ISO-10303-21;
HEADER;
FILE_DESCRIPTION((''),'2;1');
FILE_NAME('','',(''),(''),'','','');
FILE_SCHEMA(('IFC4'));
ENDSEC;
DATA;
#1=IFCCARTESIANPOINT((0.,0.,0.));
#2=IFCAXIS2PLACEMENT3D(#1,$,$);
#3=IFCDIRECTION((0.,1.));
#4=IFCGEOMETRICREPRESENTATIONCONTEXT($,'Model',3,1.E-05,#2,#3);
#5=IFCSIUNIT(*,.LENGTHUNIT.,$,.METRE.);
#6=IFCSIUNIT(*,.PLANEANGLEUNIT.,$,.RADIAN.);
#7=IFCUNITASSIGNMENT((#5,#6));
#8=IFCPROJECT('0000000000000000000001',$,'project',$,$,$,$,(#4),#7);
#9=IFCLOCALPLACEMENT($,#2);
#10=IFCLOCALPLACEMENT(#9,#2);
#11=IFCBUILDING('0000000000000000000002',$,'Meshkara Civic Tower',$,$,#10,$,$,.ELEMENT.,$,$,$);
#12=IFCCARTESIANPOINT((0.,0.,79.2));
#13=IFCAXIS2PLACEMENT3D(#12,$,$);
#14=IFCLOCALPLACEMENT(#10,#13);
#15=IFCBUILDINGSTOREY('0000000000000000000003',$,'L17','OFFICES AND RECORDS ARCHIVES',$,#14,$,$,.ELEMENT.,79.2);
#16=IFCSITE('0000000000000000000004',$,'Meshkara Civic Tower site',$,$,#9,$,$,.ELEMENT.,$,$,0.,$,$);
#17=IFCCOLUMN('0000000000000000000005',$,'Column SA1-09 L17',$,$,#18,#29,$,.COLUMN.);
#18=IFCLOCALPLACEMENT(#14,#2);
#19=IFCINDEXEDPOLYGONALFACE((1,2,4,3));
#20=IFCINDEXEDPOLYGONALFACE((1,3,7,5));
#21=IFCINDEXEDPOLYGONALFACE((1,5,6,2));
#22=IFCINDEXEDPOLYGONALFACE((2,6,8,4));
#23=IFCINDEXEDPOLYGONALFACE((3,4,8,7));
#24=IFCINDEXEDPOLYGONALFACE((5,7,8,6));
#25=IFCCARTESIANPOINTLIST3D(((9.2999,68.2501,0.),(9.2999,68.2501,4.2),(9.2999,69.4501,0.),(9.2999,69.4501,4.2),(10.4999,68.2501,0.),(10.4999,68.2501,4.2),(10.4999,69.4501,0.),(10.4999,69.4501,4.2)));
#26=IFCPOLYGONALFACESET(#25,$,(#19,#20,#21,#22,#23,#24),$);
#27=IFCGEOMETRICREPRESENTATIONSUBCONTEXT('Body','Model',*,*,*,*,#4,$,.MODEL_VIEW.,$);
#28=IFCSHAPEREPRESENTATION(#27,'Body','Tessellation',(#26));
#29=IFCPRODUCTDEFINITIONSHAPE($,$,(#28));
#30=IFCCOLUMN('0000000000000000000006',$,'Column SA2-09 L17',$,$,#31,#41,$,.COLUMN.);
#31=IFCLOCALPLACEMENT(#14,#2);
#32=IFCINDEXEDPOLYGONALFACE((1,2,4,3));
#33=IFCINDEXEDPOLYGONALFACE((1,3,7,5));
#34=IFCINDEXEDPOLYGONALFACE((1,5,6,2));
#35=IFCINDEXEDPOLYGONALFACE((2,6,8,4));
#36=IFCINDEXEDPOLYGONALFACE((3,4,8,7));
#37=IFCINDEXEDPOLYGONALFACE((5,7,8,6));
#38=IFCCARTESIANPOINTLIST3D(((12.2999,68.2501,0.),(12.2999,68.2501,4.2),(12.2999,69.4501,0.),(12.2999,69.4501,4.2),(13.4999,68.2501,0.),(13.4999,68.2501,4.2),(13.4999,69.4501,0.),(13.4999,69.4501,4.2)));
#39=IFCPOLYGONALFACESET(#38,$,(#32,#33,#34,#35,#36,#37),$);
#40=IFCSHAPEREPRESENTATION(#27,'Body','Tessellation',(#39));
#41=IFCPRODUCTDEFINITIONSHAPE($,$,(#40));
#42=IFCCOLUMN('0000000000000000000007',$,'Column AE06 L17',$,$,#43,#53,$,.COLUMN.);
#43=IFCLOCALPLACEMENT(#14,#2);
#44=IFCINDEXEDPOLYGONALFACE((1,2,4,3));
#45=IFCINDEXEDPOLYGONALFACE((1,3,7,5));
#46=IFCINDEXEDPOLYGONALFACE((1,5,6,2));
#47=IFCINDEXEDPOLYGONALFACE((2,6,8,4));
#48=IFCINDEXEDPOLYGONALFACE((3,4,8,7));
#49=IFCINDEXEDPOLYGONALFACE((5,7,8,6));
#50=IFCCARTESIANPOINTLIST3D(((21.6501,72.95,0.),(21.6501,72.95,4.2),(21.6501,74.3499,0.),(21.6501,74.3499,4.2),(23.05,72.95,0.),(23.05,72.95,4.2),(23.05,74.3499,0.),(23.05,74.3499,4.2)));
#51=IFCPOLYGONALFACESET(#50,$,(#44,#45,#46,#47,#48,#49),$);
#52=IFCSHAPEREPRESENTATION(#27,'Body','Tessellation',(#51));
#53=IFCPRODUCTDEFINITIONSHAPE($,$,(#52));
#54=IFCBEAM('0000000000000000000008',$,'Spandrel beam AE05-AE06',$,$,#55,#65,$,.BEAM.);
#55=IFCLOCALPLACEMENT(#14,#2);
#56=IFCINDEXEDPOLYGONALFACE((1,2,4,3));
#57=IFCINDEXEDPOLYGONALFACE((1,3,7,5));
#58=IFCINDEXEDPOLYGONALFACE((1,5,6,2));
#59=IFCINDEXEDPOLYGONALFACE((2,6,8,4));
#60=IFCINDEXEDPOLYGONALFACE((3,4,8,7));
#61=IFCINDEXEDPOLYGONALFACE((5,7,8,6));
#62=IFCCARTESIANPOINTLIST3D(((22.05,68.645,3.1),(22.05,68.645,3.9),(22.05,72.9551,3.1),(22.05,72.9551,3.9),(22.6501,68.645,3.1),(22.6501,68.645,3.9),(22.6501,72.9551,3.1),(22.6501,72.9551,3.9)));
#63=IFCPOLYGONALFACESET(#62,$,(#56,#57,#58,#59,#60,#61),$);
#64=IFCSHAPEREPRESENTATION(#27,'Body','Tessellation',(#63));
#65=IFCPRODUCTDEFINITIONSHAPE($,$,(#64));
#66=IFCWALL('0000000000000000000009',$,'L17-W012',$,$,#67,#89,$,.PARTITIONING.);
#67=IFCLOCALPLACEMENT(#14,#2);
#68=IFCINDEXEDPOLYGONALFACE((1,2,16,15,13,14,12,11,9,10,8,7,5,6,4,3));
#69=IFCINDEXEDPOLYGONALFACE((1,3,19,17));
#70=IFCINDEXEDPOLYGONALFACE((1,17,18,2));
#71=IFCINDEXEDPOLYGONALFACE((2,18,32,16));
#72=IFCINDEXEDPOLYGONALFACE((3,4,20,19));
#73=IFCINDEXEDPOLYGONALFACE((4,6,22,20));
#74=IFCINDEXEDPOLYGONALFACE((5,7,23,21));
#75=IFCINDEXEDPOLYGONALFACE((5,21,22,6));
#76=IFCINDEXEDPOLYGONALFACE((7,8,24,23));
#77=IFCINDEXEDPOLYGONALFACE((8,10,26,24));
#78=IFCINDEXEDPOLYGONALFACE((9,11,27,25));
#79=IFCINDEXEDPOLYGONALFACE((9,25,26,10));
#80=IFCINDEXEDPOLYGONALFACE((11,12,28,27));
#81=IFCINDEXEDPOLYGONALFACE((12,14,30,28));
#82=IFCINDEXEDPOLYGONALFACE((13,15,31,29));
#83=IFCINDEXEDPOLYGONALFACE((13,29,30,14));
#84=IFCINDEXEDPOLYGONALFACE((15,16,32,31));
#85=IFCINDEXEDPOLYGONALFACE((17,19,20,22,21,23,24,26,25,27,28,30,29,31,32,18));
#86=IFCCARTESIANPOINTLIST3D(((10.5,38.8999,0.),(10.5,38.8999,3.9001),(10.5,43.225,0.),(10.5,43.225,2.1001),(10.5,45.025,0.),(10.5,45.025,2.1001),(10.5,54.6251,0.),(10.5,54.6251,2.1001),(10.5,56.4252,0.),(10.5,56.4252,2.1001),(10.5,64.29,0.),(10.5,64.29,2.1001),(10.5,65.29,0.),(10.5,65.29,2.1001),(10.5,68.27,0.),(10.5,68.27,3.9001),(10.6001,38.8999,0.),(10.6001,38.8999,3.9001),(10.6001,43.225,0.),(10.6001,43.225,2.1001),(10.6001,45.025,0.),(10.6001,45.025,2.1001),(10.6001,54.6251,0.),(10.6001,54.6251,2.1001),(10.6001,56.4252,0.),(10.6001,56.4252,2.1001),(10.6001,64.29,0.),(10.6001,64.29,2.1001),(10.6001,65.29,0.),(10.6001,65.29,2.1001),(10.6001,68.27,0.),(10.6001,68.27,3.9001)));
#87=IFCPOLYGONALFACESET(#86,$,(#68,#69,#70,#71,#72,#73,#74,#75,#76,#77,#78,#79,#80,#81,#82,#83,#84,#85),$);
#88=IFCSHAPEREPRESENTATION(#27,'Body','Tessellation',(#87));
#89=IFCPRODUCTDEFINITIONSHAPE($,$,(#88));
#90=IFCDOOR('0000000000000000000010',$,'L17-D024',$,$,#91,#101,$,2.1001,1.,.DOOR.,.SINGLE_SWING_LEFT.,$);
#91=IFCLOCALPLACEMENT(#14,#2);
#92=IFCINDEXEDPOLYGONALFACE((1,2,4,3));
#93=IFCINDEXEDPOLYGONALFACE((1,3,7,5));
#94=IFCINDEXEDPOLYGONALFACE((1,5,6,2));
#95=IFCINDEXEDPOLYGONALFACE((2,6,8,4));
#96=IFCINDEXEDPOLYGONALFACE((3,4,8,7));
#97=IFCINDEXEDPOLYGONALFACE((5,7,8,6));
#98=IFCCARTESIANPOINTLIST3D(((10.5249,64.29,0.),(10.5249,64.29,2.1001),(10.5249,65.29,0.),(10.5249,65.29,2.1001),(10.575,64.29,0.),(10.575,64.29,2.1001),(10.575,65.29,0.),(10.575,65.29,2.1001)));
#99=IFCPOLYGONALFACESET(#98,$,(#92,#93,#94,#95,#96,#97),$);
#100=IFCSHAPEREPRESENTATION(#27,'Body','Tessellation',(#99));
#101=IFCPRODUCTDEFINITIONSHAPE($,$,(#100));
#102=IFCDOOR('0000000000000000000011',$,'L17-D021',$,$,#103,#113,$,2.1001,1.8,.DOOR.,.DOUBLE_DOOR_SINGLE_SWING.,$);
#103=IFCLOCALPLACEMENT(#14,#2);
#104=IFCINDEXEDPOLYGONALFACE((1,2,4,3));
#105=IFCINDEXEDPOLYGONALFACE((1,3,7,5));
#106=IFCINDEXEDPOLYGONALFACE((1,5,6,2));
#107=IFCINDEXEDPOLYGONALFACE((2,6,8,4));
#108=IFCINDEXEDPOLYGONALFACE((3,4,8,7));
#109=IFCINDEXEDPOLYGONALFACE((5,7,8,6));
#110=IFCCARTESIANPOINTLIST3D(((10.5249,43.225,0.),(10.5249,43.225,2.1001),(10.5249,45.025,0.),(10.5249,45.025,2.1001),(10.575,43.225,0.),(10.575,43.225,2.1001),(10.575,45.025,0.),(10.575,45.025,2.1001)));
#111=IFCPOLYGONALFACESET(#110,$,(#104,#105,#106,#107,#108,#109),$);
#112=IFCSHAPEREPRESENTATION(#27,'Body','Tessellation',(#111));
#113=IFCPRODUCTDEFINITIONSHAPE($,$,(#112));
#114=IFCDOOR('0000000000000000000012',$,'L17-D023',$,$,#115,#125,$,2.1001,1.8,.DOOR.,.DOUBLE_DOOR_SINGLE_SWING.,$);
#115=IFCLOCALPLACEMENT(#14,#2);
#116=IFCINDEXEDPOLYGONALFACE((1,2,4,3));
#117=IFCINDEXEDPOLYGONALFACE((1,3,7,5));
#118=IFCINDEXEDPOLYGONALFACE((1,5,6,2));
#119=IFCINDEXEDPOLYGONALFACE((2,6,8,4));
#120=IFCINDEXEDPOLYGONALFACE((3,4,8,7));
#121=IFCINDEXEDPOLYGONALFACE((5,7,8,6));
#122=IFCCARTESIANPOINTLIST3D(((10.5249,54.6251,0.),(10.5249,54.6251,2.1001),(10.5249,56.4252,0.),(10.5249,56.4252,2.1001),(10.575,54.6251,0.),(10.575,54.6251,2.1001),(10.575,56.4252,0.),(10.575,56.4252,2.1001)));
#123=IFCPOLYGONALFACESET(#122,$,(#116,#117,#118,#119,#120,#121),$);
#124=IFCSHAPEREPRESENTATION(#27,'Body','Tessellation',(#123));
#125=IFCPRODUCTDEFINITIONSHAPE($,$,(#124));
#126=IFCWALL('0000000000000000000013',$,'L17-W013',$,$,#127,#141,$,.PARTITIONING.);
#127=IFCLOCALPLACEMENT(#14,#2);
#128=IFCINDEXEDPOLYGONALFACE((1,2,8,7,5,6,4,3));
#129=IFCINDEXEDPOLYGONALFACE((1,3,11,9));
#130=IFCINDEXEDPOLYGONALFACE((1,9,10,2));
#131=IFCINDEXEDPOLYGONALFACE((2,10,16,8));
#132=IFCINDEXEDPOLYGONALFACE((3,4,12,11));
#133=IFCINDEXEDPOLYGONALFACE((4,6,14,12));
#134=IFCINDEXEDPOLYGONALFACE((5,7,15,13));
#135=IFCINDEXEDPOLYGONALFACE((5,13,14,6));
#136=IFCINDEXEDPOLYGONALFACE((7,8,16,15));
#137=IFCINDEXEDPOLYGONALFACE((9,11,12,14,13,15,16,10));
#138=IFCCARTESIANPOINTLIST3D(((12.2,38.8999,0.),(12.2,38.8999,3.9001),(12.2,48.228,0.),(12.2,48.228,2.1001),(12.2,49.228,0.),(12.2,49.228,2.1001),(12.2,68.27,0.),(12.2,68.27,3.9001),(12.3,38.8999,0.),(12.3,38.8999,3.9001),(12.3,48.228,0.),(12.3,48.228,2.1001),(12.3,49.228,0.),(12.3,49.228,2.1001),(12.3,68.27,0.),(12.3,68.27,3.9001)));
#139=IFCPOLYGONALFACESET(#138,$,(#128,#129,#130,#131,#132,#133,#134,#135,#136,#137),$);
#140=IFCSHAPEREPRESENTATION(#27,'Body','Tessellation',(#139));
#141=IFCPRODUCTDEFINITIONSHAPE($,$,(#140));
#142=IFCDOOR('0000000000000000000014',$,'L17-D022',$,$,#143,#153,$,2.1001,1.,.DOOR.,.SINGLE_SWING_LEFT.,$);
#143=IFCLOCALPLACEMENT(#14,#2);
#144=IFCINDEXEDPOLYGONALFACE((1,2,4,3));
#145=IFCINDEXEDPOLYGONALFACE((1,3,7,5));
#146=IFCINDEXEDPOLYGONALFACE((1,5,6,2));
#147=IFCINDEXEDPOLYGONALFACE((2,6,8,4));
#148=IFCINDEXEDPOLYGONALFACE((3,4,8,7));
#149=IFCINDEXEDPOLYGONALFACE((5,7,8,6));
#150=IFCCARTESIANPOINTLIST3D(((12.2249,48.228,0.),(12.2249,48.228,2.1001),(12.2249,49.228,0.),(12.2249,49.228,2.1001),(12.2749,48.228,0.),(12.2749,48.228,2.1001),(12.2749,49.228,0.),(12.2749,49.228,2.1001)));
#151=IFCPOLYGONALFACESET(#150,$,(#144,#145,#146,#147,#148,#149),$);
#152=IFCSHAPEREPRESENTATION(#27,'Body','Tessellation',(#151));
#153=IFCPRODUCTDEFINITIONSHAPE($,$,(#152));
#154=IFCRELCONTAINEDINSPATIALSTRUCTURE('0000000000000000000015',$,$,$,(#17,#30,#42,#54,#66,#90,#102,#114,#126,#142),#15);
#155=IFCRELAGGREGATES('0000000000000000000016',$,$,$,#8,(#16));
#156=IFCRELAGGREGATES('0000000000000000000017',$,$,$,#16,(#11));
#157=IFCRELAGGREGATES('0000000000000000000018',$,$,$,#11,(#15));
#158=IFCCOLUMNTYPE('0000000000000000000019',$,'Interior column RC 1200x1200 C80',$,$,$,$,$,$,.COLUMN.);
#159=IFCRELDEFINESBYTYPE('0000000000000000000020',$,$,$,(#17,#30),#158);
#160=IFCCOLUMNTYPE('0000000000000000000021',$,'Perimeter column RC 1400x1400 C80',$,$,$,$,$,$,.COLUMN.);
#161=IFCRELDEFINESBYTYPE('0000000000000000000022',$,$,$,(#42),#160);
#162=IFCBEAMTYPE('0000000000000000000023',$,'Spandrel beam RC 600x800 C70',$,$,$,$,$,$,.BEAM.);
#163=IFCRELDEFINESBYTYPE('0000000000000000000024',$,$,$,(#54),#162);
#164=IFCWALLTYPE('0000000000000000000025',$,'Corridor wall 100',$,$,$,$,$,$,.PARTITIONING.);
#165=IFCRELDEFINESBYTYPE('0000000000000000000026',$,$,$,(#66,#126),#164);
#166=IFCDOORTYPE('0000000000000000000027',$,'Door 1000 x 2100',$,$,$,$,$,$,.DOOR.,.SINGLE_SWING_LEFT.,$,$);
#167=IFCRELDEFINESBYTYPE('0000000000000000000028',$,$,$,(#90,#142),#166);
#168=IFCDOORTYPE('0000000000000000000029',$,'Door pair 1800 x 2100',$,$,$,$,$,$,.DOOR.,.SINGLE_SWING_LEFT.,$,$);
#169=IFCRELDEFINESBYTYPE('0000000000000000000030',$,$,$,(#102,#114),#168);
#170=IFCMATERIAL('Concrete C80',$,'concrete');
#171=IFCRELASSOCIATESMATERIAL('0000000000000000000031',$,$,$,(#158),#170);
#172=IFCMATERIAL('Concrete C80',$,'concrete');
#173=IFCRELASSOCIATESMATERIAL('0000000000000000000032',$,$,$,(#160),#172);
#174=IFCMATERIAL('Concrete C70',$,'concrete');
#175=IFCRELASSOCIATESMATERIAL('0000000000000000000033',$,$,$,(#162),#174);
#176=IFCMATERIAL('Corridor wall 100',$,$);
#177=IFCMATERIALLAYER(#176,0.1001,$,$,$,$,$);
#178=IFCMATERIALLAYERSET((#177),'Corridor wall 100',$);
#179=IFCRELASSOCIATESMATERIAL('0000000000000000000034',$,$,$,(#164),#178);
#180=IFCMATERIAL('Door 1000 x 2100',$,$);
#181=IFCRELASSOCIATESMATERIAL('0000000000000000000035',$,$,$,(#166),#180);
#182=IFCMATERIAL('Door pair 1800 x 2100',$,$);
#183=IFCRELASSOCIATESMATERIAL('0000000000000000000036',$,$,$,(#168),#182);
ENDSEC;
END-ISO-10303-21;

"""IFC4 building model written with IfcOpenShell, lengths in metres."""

from ifc_helpers import new_model, si_unit, direction, frame, frame_2d, origin, origin_2d, place, context, subcontext, project, spatial, rectangle, extrude, material, layer, layer_set, material_profile, profile_set, type_object, element, fill, save


model = new_model("IFC4")

# Units and contexts
model_context = context("Model", 3, precision=1e-05, world=origin(), true_north=direction((0.0, 1.0)))
body_context = subcontext(model_context, "Body", "Model", "MODEL_VIEW")
ifc_project = project(units=[si_unit("LENGTHUNIT", "METRE"), si_unit("PLANEANGLEUNIT", "RADIAN")], contexts=[model_context])

# Site, building, storey
site_placement = place(None, origin())
site = spatial("IfcSite", under=ifc_project, at=site_placement, Name="Meshkara Civic Tower site", CompositionType="ELEMENT", RefElevation=0.0)
building_placement = place(site_placement, origin())
building = spatial("IfcBuilding", under=site, at=building_placement, Name="Meshkara Civic Tower", CompositionType="ELEMENT")
storey_placement = place(building_placement, frame((0.0, 0.0, 79.2)))
storey = spatial("IfcBuildingStorey", under=building, at=storey_placement, Name="L17", Description="OFFICES AND RECORDS ARCHIVES", CompositionType="ELEMENT", Elevation=79.2)

# Columns
ifc_material_1 = material(Name="Concrete C80", Category="concrete")
ifc_material_profile_1 = material_profile(ifc_material_1, rectangle(XDim=1.2, YDim=1.2, at=origin_2d()))
ifc_profile_set_1 = profile_set([ifc_material_profile_1], Name="Concrete C80")
column_type_1 = type_object("IfcColumnType", Name="Interior column RC 1200x1200 C80", PredefinedType="COLUMN", material=ifc_profile_set_1)
for number, where, z_axis, x_axis, name in (
    (1, (9.8999, 68.8501, 0.0), (0.0, 0.0, 1.0), (1.0, 0.0, 0.0), "Column SA1-09 L17"),
    (2, (12.8999, 68.8501, 0.0), (0.0, 0.0, 1.0), (1.0, 0.0, 0.0), "Column SA2-09 L17"),
):
    element("IfcColumn", number, at=place(storey_placement, frame(where, z_axis=z_axis, x_axis=x_axis)), inside=storey, type_object=column_type_1, Name=name, PredefinedType="COLUMN", context=body_context, shape_type="SweptSolid", body=[
        extrude(rectangle(XDim=1.2, YDim=1.2, at=origin_2d()), origin(), (0.0, 0.0, 1.0), 4.2),
    ])
ifc_material_2 = material(Name="Concrete C80", Category="concrete")
ifc_material_profile_2 = material_profile(ifc_material_2, rectangle(XDim=1.3999, YDim=1.3999, at=origin_2d()))
ifc_profile_set_2 = profile_set([ifc_material_profile_2], Name="Concrete C80")
column_type_2 = type_object("IfcColumnType", Name="Perimeter column RC 1400x1400 C80", PredefinedType="COLUMN", material=ifc_profile_set_2)
column_placement = place(storey_placement, frame((22.3501, 73.6499, 0.0), z_axis=(0.0, 0.0, 1.0), x_axis=(1.0, 0.0, 0.0)))
element("IfcColumn", 3, at=column_placement, inside=storey, type_object=column_type_2, Name="Column AE06 L17", PredefinedType="COLUMN", context=body_context, shape_type="SweptSolid", body=[
    extrude(rectangle(XDim=1.3999, YDim=1.3999, at=origin_2d()), origin(), (0.0, 0.0, 1.0), 4.2),
])

# Beam
ifc_material_3 = material(Name="Concrete C70", Category="concrete")
ifc_material_profile_3 = material_profile(ifc_material_3, rectangle(XDim=0.6001, YDim=0.8, at=origin_2d()))
ifc_profile_set_3 = profile_set([ifc_material_profile_3], Name="Concrete C70")
beam_type = type_object("IfcBeamType", Name="Spandrel beam RC 600x800 C70", PredefinedType="BEAM", material=ifc_profile_set_3)
beam_placement = place(storey_placement, frame((22.3501, 68.645, 3.5), z_axis=(0.0, 1.0, 0.0), x_axis=(-1.0, 0.0, 0.0)))
element("IfcBeam", 4, at=beam_placement, inside=storey, type_object=beam_type, Name="Spandrel beam AE05-AE06", PredefinedType="BEAM", context=body_context, shape_type="SweptSolid", body=[
    extrude(rectangle(XDim=0.6001, YDim=0.8, at=origin_2d()), origin(), (0.0, 0.0, 1.0), 4.3101),
])

# Wall, openings, doors
ifc_material_4 = material(Name="Corridor wall 100")
ifc_layer_1 = layer(ifc_material_4, 0.1001)
ifc_layer_set_1 = layer_set([ifc_layer_1], Name="Corridor wall 100")
wall_type_1 = type_object("IfcWallType", Name="Corridor wall 100", PredefinedType="PARTITIONING", material=ifc_layer_set_1)
wall_1_placement = place(storey_placement, frame((10.55, 68.27, 0.0), z_axis=(0.0, 0.0, 1.0), x_axis=(0.0, -1.0, 0.0)))
wall_1 = element("IfcWall", 5, at=wall_1_placement, inside=storey, type_object=wall_type_1, Name="L17-W012", PredefinedType="PARTITIONING", context=body_context, shape_type="SweptSolid", body=[
    extrude(rectangle(XDim=29.3701, YDim=0.1001, at=frame_2d((14.6851, 0.0))), origin(), (0.0, 0.0, 1.0), 3.9001),
])
opening_1_placement = place(wall_1_placement, frame((23.2451, 0.0, 0.0)))
opening_1 = element("IfcOpeningElement", 6, at=opening_1_placement, cuts=wall_1, PredefinedType="OPENING", context=body_context, shape_type="SweptSolid", body=[
    extrude(rectangle(XDim=1.8, YDim=2.1001, at=frame_2d((0.8999, 1.05))), frame((0.0, 0.0601, 0.0), z_axis=(0.0, -1.0, 0.0), x_axis=(1.0, 0.0, 0.0)), (0.0, 0.0, 1.0), 0.1201),
])
opening_2_placement = place(wall_1_placement, frame((11.845, 0.0, 0.0)))
opening_2 = element("IfcOpeningElement", 7, at=opening_2_placement, cuts=wall_1, PredefinedType="OPENING", context=body_context, shape_type="SweptSolid", body=[
    extrude(rectangle(XDim=1.8, YDim=2.1001, at=frame_2d((0.8999, 1.05))), frame((0.0, 0.0601, 0.0), z_axis=(0.0, -1.0, 0.0), x_axis=(1.0, 0.0, 0.0)), (0.0, 0.0, 1.0), 0.1201),
])
opening_3_placement = place(wall_1_placement, frame((2.98, 0.0, 0.0)))
opening_3 = element("IfcOpeningElement", 8, at=opening_3_placement, cuts=wall_1, PredefinedType="OPENING", context=body_context, shape_type="SweptSolid", body=[
    extrude(rectangle(XDim=1.0, YDim=2.1001, at=frame_2d((0.5, 1.05))), frame((0.0, 0.0601, 0.0), z_axis=(0.0, -1.0, 0.0), x_axis=(1.0, 0.0, 0.0)), (0.0, 0.0, 1.0), 0.1201),
])
ifc_material_5 = material(Name="Door 1000 x 2100")
door_type_1 = type_object("IfcDoorType", Name="Door 1000 x 2100", OperationType="SINGLE_SWING_LEFT", PredefinedType="DOOR", material=ifc_material_5)
door_1_placement = place(opening_3_placement, origin())
door_1 = element("IfcDoor", 9, at=door_1_placement, inside=storey, type_object=door_type_1, Name="L17-D024", OperationType="SINGLE_SWING_LEFT", OverallHeight=2.1001, OverallWidth=1.0, PredefinedType="DOOR", context=body_context, shape_type="SweptSolid", body=[
    extrude(rectangle(XDim=1.0, YDim=2.1001, at=frame_2d((0.5, 1.05))), frame((0.0, 0.0249, 0.0), z_axis=(0.0, -1.0, 0.0), x_axis=(1.0, 0.0, 0.0)), (0.0, 0.0, 1.0), 0.05),
])
fill(opening_3, door_1)
ifc_material_6 = material(Name="Door pair 1800 x 2100")
door_type_2 = type_object("IfcDoorType", Name="Door pair 1800 x 2100", OperationType="SINGLE_SWING_LEFT", PredefinedType="DOOR", material=ifc_material_6)
door_2_placement = place(opening_1_placement, origin())
door_2 = element("IfcDoor", 10, at=door_2_placement, inside=storey, type_object=door_type_2, Name="L17-D021", OperationType="DOUBLE_DOOR_SINGLE_SWING", OverallHeight=2.1001, OverallWidth=1.8, PredefinedType="DOOR", context=body_context, shape_type="SweptSolid", body=[
    extrude(rectangle(XDim=1.8, YDim=2.1001, at=frame_2d((0.8999, 1.05))), frame((0.0, 0.0249, 0.0), z_axis=(0.0, -1.0, 0.0), x_axis=(1.0, 0.0, 0.0)), (0.0, 0.0, 1.0), 0.05),
])
fill(opening_1, door_2)
door_3_placement = place(opening_2_placement, origin())
door_3 = element("IfcDoor", 11, at=door_3_placement, inside=storey, type_object=door_type_2, Name="L17-D023", OperationType="DOUBLE_DOOR_SINGLE_SWING", OverallHeight=2.1001, OverallWidth=1.8, PredefinedType="DOOR", context=body_context, shape_type="SweptSolid", body=[
    extrude(rectangle(XDim=1.8, YDim=2.1001, at=frame_2d((0.8999, 1.05))), frame((0.0, 0.0249, 0.0), z_axis=(0.0, -1.0, 0.0), x_axis=(1.0, 0.0, 0.0)), (0.0, 0.0, 1.0), 0.05),
])
fill(opening_2, door_3)

# Wall, opening, door
wall_2_placement = place(storey_placement, frame((12.25, 68.27, 0.0), z_axis=(0.0, 0.0, 1.0), x_axis=(0.0, -1.0, 0.0)))
wall_2 = element("IfcWall", 12, at=wall_2_placement, inside=storey, type_object=wall_type_1, Name="L17-W013", PredefinedType="PARTITIONING", context=body_context, shape_type="SweptSolid", body=[
    extrude(rectangle(XDim=29.3701, YDim=0.1001, at=frame_2d((14.6851, 0.0))), origin(), (0.0, 0.0, 1.0), 3.9001),
])
opening_4_placement = place(wall_2_placement, frame((19.042, 0.0, 0.0)))
opening_4 = element("IfcOpeningElement", 13, at=opening_4_placement, cuts=wall_2, PredefinedType="OPENING", context=body_context, shape_type="SweptSolid", body=[
    extrude(rectangle(XDim=1.0, YDim=2.1001, at=frame_2d((0.5, 1.05))), frame((0.0, 0.0601, 0.0), z_axis=(0.0, -1.0, 0.0), x_axis=(1.0, 0.0, 0.0)), (0.0, 0.0, 1.0), 0.1201),
])
door_4_placement = place(opening_4_placement, origin())
door_4 = element("IfcDoor", 14, at=door_4_placement, inside=storey, type_object=door_type_1, Name="L17-D022", OperationType="SINGLE_SWING_LEFT", OverallHeight=2.1001, OverallWidth=1.0, PredefinedType="DOOR", context=body_context, shape_type="SweptSolid", body=[
    extrude(rectangle(XDim=1.0, YDim=2.1001, at=frame_2d((0.5, 1.05))), frame((0.0, 0.0249, 0.0), z_axis=(0.0, -1.0, 0.0), x_axis=(1.0, 0.0, 0.0)), (0.0, 0.0, 1.0), 0.05),
])
fill(opening_4, door_4)

save(model, "model.ifc")
